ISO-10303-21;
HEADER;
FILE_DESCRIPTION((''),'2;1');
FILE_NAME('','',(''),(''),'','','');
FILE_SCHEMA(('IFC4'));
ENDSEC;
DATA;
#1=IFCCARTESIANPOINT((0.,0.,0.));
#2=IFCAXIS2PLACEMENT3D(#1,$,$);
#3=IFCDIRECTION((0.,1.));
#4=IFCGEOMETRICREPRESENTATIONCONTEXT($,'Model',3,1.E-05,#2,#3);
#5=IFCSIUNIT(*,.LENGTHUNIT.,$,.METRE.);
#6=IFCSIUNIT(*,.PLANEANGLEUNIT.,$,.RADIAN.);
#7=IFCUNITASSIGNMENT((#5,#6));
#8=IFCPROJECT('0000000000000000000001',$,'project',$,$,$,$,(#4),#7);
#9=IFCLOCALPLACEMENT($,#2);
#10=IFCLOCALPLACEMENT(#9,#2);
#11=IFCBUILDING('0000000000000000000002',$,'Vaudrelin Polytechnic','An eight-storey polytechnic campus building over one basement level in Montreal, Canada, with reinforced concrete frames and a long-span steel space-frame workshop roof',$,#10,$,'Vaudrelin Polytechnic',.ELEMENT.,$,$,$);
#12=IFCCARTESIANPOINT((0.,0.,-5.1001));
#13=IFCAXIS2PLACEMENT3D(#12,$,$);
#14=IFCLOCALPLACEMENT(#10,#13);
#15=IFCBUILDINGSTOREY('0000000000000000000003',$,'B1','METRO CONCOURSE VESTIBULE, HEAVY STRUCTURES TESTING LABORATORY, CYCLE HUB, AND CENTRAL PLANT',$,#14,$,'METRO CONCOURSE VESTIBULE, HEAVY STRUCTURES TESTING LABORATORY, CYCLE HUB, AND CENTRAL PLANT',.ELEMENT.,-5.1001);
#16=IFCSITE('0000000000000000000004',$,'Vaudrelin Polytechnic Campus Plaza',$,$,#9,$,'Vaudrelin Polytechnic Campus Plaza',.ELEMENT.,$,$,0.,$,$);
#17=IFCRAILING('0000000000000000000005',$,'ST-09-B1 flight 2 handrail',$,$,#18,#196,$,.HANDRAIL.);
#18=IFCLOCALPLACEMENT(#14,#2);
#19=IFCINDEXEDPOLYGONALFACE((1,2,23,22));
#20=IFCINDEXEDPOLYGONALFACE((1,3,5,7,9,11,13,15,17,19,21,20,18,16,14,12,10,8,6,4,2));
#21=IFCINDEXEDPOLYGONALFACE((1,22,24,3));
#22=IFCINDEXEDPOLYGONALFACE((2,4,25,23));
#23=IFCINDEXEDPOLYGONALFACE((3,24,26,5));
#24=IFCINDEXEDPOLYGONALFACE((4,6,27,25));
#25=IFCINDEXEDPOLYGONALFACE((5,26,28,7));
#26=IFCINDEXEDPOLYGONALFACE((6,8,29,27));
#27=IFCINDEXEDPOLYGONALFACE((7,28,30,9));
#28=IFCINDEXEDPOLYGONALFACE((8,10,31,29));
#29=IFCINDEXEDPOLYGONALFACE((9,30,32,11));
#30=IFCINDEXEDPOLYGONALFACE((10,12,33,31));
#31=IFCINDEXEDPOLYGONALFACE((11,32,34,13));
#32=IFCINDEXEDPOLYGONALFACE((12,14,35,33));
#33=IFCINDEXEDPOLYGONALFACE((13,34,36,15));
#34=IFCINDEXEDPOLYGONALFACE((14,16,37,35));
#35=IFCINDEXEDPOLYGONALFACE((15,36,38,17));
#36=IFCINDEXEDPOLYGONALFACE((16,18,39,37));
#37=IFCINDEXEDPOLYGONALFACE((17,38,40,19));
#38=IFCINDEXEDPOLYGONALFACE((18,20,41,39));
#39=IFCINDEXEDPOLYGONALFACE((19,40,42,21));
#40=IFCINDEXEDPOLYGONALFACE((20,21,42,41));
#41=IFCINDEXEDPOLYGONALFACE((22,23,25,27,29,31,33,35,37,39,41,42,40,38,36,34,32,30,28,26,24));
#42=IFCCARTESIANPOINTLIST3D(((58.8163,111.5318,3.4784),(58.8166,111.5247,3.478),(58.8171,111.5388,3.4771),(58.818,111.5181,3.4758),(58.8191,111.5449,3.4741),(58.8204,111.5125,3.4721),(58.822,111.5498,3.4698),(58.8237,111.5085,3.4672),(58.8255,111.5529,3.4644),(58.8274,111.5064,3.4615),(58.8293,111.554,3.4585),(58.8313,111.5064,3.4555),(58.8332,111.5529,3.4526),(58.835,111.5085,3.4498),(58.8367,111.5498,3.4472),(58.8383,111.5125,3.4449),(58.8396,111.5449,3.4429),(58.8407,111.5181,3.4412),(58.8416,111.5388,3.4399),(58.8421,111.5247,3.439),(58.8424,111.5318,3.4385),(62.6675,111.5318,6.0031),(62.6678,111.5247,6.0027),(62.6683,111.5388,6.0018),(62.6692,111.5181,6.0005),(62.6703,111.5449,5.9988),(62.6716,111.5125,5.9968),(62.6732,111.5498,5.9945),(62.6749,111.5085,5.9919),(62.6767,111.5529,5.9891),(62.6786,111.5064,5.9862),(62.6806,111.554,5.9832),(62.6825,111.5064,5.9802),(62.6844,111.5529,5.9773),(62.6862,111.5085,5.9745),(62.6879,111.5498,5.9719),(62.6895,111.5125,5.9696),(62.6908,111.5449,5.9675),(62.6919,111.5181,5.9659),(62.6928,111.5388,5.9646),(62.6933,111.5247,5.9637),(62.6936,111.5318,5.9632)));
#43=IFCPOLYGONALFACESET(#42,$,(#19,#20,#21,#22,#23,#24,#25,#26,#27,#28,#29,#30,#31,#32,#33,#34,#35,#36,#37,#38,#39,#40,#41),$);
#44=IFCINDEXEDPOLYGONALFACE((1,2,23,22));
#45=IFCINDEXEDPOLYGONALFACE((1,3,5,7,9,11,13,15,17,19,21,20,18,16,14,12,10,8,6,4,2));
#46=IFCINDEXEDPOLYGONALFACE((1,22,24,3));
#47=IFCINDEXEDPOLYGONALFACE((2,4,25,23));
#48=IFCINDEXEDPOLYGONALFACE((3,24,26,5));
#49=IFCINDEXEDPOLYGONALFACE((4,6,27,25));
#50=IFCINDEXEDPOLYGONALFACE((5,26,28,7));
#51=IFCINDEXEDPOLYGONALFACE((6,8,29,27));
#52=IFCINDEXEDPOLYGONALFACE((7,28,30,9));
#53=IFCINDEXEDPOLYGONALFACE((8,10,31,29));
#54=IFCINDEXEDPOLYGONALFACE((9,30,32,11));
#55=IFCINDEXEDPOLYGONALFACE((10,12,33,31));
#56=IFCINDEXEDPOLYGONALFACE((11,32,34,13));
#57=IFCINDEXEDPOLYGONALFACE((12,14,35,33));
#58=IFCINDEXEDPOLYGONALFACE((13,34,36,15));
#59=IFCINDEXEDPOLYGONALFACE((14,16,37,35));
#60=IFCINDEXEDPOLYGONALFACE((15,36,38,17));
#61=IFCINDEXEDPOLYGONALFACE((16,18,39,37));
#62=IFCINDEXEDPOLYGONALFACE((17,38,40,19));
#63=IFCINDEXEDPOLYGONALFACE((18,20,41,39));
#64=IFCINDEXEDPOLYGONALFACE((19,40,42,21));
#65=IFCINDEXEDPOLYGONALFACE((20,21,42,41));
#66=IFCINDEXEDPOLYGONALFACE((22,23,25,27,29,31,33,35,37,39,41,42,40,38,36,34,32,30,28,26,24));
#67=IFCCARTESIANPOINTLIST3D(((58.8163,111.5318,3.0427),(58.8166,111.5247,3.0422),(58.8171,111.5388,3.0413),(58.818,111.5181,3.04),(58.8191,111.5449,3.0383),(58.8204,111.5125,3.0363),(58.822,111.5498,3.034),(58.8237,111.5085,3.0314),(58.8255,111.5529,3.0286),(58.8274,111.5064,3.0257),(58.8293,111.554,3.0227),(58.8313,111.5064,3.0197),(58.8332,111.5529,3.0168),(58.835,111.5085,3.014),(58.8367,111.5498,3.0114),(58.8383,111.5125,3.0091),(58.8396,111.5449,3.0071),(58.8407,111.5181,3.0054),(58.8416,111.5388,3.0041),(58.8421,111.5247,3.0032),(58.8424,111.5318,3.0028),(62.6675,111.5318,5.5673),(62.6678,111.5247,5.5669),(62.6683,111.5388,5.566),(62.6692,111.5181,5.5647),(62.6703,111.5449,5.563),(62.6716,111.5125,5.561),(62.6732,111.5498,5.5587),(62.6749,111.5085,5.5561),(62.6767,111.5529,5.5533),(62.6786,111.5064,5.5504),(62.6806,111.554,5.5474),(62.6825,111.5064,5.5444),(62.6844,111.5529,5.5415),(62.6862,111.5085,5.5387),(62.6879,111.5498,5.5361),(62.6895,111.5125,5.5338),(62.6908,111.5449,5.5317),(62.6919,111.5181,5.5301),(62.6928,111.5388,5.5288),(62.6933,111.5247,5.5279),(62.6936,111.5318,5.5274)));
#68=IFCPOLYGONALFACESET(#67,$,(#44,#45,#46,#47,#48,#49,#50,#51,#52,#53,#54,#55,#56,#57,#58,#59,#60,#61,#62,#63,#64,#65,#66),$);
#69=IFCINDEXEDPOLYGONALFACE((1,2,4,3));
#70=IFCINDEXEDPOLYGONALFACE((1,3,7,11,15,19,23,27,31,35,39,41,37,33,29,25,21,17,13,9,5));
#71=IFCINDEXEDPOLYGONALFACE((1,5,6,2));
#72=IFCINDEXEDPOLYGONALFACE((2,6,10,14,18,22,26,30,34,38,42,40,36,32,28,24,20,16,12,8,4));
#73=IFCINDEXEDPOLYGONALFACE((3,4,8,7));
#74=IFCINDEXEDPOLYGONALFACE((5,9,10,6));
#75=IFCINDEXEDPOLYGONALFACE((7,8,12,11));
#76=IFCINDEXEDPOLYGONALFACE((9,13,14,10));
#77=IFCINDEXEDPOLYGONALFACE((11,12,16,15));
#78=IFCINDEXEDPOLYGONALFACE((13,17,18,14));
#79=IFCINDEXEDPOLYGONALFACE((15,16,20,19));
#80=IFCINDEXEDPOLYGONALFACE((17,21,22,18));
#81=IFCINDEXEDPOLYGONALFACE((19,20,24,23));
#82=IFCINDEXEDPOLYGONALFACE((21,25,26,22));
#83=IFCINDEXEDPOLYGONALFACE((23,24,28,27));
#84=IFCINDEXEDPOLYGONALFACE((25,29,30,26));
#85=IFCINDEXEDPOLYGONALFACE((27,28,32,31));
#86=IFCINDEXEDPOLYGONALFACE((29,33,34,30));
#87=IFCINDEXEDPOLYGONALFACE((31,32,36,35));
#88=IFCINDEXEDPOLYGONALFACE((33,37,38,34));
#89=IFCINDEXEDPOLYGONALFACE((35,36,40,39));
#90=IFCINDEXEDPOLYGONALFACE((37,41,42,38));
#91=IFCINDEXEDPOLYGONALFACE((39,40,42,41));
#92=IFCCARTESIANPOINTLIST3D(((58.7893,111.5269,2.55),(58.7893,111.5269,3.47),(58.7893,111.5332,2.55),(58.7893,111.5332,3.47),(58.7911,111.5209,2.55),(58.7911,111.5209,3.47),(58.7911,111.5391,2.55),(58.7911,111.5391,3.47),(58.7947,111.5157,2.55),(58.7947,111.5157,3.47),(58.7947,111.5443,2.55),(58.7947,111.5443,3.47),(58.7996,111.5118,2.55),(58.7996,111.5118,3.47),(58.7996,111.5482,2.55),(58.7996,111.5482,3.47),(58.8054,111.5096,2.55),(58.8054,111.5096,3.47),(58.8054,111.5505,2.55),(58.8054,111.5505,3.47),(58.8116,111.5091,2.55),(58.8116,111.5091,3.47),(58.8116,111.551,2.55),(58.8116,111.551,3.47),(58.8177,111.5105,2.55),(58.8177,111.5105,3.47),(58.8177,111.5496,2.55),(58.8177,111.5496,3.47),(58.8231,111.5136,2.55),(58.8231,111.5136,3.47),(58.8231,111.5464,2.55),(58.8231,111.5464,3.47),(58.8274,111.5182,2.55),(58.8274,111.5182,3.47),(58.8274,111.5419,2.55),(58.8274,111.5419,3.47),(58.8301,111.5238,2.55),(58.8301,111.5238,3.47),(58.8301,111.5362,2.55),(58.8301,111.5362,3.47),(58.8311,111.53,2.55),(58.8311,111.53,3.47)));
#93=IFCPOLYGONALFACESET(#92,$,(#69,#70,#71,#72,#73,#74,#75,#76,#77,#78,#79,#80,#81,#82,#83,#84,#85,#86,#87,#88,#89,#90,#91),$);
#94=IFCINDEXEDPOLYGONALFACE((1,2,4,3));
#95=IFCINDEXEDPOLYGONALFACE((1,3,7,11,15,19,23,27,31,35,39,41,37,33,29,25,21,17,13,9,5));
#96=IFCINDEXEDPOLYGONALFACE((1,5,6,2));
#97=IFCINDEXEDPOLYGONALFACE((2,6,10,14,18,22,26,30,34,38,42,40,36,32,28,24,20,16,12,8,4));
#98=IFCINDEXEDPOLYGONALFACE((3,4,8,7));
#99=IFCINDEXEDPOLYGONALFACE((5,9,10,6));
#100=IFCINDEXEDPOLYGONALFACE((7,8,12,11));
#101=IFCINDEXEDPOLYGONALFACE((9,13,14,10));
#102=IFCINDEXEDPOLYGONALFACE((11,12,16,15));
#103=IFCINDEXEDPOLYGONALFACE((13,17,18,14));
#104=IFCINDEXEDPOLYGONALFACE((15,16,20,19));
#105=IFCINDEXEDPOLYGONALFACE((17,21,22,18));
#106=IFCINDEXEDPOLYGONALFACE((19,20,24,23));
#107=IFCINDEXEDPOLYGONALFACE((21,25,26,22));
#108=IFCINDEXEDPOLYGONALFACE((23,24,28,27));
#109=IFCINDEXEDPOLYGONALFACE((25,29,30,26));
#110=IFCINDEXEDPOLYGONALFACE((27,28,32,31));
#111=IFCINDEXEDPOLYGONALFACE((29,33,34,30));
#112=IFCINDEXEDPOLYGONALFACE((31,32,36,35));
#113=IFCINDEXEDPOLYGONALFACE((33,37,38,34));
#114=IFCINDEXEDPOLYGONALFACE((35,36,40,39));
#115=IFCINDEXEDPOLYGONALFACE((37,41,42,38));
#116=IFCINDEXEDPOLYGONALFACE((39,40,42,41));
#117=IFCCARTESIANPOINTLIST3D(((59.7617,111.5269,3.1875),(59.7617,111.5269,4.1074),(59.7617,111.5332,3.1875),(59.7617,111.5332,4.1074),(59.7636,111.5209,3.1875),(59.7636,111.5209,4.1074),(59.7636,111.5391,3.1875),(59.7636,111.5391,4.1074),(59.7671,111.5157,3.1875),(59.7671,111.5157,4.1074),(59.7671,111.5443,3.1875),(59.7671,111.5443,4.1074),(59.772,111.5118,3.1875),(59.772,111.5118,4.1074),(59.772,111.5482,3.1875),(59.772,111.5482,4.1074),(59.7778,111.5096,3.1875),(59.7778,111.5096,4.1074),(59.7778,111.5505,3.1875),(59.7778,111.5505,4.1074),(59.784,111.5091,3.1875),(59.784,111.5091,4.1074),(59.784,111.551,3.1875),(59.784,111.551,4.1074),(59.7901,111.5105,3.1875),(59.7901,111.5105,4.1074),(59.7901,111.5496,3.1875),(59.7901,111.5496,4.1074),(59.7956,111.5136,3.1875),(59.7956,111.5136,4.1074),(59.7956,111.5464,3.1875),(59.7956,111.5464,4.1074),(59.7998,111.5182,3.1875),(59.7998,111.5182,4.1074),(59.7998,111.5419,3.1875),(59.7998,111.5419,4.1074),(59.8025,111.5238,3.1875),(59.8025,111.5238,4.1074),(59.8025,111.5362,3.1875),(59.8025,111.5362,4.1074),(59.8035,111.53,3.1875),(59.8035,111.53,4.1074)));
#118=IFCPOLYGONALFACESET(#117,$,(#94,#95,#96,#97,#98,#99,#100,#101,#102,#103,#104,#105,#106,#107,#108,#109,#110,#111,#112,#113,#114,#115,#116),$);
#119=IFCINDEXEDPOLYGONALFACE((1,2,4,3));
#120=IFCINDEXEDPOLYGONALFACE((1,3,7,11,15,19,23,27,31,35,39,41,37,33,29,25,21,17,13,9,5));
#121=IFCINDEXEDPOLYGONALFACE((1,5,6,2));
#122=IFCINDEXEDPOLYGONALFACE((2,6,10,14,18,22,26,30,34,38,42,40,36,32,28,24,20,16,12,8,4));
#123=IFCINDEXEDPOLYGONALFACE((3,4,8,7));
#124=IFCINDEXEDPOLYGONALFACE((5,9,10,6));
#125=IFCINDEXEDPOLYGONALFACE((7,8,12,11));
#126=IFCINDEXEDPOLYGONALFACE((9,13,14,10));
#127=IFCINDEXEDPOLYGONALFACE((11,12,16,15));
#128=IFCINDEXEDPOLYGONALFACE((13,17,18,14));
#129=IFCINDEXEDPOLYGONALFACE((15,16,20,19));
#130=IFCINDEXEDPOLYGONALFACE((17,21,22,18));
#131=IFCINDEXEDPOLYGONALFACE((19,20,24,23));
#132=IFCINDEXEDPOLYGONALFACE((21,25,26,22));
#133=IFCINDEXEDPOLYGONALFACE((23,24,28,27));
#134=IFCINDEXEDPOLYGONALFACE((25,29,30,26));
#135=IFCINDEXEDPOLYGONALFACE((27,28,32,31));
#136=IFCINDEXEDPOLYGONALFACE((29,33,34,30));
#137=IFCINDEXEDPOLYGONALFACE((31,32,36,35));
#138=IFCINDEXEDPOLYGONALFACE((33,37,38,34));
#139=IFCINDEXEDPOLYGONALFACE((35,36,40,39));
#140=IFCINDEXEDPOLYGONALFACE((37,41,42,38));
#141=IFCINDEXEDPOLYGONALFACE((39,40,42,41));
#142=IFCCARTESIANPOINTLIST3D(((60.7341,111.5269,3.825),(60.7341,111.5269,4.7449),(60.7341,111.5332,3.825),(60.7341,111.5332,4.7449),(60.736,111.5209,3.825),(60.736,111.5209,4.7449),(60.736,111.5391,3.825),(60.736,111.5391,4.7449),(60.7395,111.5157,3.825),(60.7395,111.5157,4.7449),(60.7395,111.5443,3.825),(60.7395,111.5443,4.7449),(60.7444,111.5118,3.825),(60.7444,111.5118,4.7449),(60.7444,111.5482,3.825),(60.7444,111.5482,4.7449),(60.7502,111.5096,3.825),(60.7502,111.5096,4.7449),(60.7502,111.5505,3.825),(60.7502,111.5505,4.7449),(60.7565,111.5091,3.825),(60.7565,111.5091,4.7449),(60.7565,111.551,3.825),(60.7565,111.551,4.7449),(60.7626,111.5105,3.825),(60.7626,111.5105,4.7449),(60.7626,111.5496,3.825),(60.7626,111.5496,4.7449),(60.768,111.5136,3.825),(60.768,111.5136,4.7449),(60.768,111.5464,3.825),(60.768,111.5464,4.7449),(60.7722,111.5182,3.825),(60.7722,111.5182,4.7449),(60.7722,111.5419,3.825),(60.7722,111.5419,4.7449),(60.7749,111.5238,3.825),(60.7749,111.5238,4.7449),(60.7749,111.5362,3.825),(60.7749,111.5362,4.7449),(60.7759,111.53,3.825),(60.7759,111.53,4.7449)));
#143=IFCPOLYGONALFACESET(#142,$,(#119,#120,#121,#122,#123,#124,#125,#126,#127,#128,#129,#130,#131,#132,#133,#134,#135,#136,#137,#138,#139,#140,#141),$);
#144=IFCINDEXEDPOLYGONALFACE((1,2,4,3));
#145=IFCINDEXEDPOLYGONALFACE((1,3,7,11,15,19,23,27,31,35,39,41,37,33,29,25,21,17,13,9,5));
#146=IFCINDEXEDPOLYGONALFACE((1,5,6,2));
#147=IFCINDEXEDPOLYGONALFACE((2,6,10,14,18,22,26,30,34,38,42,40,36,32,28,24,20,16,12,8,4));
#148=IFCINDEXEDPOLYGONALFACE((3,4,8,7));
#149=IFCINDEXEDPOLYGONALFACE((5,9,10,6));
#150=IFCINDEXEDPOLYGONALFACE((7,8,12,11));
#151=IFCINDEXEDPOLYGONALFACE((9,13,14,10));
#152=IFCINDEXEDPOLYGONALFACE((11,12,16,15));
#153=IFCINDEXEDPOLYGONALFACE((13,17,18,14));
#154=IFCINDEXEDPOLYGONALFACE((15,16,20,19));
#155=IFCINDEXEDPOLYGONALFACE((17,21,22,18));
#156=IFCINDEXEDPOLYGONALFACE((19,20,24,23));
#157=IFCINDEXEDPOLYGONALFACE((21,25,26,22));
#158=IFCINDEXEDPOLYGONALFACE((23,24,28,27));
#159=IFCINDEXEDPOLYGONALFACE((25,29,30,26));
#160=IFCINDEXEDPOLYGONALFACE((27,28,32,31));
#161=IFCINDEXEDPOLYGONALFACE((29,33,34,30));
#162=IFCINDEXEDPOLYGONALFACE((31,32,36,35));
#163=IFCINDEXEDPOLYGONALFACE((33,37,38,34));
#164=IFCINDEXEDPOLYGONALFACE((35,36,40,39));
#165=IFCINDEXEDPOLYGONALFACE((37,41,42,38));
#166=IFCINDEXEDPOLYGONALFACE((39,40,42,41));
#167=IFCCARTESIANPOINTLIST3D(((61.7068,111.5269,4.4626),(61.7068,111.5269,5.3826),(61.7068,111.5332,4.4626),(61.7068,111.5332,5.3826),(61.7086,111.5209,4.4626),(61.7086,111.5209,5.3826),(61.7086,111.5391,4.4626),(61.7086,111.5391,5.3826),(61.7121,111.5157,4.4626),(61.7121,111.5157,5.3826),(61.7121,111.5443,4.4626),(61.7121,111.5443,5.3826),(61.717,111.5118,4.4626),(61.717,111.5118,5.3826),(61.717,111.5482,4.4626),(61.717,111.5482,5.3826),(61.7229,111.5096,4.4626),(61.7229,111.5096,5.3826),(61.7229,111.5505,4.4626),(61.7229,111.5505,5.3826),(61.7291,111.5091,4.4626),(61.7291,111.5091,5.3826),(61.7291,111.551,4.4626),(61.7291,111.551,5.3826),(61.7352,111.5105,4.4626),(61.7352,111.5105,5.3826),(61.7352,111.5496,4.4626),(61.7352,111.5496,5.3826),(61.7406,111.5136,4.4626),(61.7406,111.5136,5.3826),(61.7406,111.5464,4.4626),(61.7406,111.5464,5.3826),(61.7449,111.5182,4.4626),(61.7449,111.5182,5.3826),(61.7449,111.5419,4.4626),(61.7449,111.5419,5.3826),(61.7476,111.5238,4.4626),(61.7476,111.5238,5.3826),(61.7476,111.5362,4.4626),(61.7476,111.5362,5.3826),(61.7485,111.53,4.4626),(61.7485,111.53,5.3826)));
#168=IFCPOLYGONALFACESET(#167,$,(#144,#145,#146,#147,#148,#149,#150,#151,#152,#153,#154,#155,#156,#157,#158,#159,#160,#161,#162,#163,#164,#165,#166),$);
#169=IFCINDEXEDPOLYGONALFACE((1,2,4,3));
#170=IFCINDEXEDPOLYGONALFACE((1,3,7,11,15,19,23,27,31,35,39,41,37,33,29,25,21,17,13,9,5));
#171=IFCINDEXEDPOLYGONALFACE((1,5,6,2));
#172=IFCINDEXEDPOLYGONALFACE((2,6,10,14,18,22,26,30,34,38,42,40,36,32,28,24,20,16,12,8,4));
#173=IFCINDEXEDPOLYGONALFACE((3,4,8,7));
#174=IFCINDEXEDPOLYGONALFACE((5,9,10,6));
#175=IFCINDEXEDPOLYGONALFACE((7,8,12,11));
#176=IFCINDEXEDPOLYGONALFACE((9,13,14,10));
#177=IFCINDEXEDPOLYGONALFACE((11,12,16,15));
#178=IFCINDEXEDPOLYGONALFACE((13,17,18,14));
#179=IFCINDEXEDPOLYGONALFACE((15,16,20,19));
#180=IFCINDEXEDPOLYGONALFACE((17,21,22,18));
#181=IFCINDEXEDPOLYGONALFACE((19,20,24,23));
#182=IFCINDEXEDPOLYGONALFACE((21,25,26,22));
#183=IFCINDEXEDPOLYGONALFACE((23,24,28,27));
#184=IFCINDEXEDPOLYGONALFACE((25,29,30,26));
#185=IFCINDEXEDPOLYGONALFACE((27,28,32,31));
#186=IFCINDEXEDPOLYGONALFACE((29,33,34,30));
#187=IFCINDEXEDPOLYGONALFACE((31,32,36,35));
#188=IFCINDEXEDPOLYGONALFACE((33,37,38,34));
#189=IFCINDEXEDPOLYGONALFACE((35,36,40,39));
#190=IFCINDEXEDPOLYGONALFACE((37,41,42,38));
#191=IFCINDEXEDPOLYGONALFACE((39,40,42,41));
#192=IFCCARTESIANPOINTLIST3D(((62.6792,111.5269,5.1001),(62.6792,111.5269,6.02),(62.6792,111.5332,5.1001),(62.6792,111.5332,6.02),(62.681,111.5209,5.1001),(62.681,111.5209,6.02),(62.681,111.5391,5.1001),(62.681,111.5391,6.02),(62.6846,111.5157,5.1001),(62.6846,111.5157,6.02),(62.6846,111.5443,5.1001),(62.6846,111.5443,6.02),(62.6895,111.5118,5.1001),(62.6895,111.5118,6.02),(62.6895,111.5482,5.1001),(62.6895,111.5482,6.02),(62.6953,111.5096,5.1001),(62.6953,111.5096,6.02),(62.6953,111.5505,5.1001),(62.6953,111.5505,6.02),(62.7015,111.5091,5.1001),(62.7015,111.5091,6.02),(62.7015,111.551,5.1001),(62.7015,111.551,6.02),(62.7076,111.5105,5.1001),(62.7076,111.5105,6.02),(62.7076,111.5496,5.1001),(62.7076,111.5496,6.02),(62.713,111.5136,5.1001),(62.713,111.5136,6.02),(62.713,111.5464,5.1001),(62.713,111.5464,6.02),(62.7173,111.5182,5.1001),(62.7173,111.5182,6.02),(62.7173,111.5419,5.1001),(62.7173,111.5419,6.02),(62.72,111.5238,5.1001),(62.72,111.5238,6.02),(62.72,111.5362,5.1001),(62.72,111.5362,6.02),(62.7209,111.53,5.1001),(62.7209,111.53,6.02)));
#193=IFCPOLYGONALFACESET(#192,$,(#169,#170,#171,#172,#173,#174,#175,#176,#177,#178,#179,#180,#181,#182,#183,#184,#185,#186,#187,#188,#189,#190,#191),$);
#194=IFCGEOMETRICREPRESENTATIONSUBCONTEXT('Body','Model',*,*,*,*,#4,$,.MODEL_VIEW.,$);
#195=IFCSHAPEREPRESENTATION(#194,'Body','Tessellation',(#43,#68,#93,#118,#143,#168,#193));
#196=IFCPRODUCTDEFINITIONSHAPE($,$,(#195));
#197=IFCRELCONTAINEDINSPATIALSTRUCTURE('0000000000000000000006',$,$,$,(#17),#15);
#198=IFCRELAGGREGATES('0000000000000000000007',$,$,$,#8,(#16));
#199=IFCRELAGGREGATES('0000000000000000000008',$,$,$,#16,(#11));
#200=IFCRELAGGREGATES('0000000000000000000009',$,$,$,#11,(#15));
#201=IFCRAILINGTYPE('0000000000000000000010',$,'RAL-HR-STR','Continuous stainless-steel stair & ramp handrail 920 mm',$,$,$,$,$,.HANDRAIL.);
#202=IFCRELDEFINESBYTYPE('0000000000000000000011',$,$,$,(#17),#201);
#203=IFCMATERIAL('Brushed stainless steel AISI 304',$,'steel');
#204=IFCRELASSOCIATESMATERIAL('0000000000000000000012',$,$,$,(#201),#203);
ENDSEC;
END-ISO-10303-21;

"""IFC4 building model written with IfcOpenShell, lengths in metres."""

from ifc_helpers import new_model, si_unit, direction, frame, origin, origin_2d, place, context, subcontext, project, spatial, circle, extrude, material, type_object, element, save


model = new_model("IFC4")

# Units and contexts
model_context = context("Model", 3, precision=1e-05, world=origin(), true_north=direction((0.0, 1.0)))
body_context = subcontext(model_context, "Body", "Model", "MODEL_VIEW")
ifc_project = project(units=[si_unit("LENGTHUNIT", "METRE"), si_unit("PLANEANGLEUNIT", "RADIAN")], contexts=[model_context])

# Site, building, storey
site_placement = place(None, origin())
site = spatial("IfcSite", under=ifc_project, at=site_placement, Name="Vaudrelin Polytechnic Campus Plaza", LongName="Vaudrelin Polytechnic Campus Plaza", CompositionType="ELEMENT", RefElevation=0.0)
building_placement = place(site_placement, origin())
building = spatial("IfcBuilding", under=site, at=building_placement, Name="Vaudrelin Polytechnic", Description="An eight-storey polytechnic campus building over one basement level in Montreal, Canada, with reinforced concrete frames and a long-span steel space-frame workshop roof", LongName="Vaudrelin Polytechnic", CompositionType="ELEMENT")
storey_placement = place(building_placement, frame((0.0, 0.0, -5.1001)))
storey = spatial("IfcBuildingStorey", under=building, at=storey_placement, Name="B1", Description="METRO CONCOURSE VESTIBULE, HEAVY STRUCTURES TESTING LABORATORY, CYCLE HUB, AND CENTRAL PLANT", LongName="METRO CONCOURSE VESTIBULE, HEAVY STRUCTURES TESTING LABORATORY, CYCLE HUB, AND CENTRAL PLANT", CompositionType="ELEMENT", Elevation=-5.1001)

# Railing
ifc_material_1 = material(Name="Brushed stainless steel AISI 304", Category="steel")
railing_type_1 = type_object("IfcRailingType", Name="RAL-HR-STR", Description="Continuous stainless-steel stair & ramp handrail 920 mm", PredefinedType="HANDRAIL", material=ifc_material_1)
railing_1_placement = place(storey_placement, frame((58.8101, 111.53, 2.55)))
element("IfcRailing", 1, at=railing_1_placement, inside=storey, type_object=railing_type_1, Name="ST-09-B1 flight 2 handrail", PredefinedType="HANDRAIL", context=body_context, shape_type="SweptSolid", body=[
    extrude(circle(Radius=0.0239, at=origin_2d()), frame((0.0193, 0.0, 0.9084), z_axis=(0.836313, 0.0, 0.548252), x_axis=(0.0, 1.0, 0.0)), (0.0, 0.0, 1.0), 4.605),
    extrude(circle(Radius=0.0239, at=origin_2d()), frame((0.0193, 0.0, 0.4727), z_axis=(0.836313, 0.0, 0.548252), x_axis=(0.0, 1.0, 0.0)), (0.0, 0.0, 1.0), 4.605),
    extrude(circle(Radius=0.021, at=origin_2d()), origin(), (0.0, 0.0, 1.0), 0.9199),
    extrude(circle(Radius=0.021, at=origin_2d()), frame((0.9724, 0.0, 0.6375)), (0.0, 0.0, 1.0), 0.9199),
    extrude(circle(Radius=0.021, at=origin_2d()), frame((1.9448, 0.0, 1.2749)), (0.0, 0.0, 1.0), 0.9199),
    extrude(circle(Radius=0.021, at=origin_2d()), frame((2.9175, 0.0, 1.9126)), (0.0, 0.0, 1.0), 0.9199),
    extrude(circle(Radius=0.021, at=origin_2d()), frame((3.8899, 0.0, 2.55)), (0.0, 0.0, 1.0), 0.9199),
])

save(model, "model.ifc")
